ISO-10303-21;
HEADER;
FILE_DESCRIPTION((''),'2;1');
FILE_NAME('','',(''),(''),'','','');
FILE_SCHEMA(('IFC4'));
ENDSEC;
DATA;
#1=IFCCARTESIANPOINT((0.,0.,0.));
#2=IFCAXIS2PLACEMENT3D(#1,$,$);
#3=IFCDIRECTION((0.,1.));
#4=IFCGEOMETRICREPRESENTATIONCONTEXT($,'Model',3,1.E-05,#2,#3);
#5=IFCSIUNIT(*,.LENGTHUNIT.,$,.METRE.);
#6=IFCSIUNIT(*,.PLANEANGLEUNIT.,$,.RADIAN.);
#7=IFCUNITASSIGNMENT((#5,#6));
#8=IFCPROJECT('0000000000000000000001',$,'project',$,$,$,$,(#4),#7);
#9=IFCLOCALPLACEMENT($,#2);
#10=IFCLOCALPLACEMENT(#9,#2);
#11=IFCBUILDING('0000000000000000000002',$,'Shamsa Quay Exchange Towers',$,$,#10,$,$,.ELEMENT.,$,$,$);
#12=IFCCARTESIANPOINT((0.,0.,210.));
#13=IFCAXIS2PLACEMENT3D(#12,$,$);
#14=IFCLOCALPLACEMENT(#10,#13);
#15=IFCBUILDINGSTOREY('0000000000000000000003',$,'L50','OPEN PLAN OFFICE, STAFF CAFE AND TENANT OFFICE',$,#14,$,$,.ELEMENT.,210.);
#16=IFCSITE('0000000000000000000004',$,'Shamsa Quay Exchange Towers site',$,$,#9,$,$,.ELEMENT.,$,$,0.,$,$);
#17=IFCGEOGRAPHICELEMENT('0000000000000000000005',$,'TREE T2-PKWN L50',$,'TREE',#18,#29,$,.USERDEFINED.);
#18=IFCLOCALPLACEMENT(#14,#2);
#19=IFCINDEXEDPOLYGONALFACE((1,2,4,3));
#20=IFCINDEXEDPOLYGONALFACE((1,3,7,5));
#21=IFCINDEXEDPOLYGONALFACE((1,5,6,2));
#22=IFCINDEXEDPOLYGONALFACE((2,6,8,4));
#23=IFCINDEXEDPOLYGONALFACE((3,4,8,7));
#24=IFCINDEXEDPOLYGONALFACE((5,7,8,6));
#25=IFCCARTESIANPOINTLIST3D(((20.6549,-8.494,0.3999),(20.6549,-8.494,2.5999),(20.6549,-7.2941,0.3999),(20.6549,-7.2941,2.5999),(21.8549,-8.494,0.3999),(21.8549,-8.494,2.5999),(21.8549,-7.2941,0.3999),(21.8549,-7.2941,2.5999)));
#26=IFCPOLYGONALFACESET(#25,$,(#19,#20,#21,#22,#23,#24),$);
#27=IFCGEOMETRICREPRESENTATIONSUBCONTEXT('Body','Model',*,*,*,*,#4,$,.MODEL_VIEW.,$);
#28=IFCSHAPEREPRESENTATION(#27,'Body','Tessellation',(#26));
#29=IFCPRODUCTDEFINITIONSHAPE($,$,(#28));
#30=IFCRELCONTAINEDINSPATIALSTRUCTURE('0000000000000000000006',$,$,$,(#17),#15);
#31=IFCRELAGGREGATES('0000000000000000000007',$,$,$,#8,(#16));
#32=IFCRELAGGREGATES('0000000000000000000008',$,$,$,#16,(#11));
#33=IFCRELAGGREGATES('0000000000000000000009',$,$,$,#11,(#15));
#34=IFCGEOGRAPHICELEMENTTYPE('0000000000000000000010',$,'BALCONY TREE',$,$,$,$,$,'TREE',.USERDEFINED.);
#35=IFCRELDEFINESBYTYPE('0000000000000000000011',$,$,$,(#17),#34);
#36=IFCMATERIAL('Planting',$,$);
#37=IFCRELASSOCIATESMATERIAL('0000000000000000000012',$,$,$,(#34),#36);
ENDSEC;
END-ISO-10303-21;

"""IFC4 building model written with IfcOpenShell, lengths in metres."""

from ifc_helpers import new_model, si_unit, direction, frame, origin, origin_2d, place, context, subcontext, project, spatial, rectangle, extrude, material, type_object, element, save


model = new_model("IFC4")

# Units and contexts
model_context = context("Model", 3, precision=1e-05, world=origin(), true_north=direction((0.0, 1.0)))
body_context = subcontext(model_context, "Body", "Model", "MODEL_VIEW")
ifc_project = project(units=[si_unit("LENGTHUNIT", "METRE"), si_unit("PLANEANGLEUNIT", "RADIAN")], contexts=[model_context])

# Site, building, storey
site_placement = place(None, origin())
site = spatial("IfcSite", under=ifc_project, at=site_placement, Name="Shamsa Quay Exchange Towers site", CompositionType="ELEMENT", RefElevation=0.0)
building_placement = place(site_placement, origin())
building = spatial("IfcBuilding", under=site, at=building_placement, Name="Shamsa Quay Exchange Towers", CompositionType="ELEMENT")
storey_placement = place(building_placement, frame((0.0, 0.0, 210.0)))
storey = spatial("IfcBuildingStorey", under=building, at=storey_placement, Name="L50", Description="OPEN PLAN OFFICE, STAFF CAFE AND TENANT OFFICE", CompositionType="ELEMENT", Elevation=210.0)

# Geographic element
ifc_material_1 = material(Name="Planting")
geographic_element_type = type_object("IfcGeographicElementType", Name="BALCONY TREE", ElementType="TREE", PredefinedType="USERDEFINED", material=ifc_material_1)
geographic_element_placement = place(storey_placement, frame((21.2549, -7.894, 0.3999), z_axis=(0.0, 0.0, 1.0), x_axis=(0.0, -1.0, 0.0)))
element("IfcGeographicElement", 1, at=geographic_element_placement, inside=storey, type_object=geographic_element_type, Name="TREE T2-PKWN L50", ObjectType="TREE", PredefinedType="USERDEFINED", context=body_context, shape_type="SweptSolid", body=[
    extrude(rectangle(XDim=1.2, YDim=1.2, at=origin_2d()), origin(), (0.0, 0.0, 1.0), 2.2),
])

save(model, "model.ifc")
